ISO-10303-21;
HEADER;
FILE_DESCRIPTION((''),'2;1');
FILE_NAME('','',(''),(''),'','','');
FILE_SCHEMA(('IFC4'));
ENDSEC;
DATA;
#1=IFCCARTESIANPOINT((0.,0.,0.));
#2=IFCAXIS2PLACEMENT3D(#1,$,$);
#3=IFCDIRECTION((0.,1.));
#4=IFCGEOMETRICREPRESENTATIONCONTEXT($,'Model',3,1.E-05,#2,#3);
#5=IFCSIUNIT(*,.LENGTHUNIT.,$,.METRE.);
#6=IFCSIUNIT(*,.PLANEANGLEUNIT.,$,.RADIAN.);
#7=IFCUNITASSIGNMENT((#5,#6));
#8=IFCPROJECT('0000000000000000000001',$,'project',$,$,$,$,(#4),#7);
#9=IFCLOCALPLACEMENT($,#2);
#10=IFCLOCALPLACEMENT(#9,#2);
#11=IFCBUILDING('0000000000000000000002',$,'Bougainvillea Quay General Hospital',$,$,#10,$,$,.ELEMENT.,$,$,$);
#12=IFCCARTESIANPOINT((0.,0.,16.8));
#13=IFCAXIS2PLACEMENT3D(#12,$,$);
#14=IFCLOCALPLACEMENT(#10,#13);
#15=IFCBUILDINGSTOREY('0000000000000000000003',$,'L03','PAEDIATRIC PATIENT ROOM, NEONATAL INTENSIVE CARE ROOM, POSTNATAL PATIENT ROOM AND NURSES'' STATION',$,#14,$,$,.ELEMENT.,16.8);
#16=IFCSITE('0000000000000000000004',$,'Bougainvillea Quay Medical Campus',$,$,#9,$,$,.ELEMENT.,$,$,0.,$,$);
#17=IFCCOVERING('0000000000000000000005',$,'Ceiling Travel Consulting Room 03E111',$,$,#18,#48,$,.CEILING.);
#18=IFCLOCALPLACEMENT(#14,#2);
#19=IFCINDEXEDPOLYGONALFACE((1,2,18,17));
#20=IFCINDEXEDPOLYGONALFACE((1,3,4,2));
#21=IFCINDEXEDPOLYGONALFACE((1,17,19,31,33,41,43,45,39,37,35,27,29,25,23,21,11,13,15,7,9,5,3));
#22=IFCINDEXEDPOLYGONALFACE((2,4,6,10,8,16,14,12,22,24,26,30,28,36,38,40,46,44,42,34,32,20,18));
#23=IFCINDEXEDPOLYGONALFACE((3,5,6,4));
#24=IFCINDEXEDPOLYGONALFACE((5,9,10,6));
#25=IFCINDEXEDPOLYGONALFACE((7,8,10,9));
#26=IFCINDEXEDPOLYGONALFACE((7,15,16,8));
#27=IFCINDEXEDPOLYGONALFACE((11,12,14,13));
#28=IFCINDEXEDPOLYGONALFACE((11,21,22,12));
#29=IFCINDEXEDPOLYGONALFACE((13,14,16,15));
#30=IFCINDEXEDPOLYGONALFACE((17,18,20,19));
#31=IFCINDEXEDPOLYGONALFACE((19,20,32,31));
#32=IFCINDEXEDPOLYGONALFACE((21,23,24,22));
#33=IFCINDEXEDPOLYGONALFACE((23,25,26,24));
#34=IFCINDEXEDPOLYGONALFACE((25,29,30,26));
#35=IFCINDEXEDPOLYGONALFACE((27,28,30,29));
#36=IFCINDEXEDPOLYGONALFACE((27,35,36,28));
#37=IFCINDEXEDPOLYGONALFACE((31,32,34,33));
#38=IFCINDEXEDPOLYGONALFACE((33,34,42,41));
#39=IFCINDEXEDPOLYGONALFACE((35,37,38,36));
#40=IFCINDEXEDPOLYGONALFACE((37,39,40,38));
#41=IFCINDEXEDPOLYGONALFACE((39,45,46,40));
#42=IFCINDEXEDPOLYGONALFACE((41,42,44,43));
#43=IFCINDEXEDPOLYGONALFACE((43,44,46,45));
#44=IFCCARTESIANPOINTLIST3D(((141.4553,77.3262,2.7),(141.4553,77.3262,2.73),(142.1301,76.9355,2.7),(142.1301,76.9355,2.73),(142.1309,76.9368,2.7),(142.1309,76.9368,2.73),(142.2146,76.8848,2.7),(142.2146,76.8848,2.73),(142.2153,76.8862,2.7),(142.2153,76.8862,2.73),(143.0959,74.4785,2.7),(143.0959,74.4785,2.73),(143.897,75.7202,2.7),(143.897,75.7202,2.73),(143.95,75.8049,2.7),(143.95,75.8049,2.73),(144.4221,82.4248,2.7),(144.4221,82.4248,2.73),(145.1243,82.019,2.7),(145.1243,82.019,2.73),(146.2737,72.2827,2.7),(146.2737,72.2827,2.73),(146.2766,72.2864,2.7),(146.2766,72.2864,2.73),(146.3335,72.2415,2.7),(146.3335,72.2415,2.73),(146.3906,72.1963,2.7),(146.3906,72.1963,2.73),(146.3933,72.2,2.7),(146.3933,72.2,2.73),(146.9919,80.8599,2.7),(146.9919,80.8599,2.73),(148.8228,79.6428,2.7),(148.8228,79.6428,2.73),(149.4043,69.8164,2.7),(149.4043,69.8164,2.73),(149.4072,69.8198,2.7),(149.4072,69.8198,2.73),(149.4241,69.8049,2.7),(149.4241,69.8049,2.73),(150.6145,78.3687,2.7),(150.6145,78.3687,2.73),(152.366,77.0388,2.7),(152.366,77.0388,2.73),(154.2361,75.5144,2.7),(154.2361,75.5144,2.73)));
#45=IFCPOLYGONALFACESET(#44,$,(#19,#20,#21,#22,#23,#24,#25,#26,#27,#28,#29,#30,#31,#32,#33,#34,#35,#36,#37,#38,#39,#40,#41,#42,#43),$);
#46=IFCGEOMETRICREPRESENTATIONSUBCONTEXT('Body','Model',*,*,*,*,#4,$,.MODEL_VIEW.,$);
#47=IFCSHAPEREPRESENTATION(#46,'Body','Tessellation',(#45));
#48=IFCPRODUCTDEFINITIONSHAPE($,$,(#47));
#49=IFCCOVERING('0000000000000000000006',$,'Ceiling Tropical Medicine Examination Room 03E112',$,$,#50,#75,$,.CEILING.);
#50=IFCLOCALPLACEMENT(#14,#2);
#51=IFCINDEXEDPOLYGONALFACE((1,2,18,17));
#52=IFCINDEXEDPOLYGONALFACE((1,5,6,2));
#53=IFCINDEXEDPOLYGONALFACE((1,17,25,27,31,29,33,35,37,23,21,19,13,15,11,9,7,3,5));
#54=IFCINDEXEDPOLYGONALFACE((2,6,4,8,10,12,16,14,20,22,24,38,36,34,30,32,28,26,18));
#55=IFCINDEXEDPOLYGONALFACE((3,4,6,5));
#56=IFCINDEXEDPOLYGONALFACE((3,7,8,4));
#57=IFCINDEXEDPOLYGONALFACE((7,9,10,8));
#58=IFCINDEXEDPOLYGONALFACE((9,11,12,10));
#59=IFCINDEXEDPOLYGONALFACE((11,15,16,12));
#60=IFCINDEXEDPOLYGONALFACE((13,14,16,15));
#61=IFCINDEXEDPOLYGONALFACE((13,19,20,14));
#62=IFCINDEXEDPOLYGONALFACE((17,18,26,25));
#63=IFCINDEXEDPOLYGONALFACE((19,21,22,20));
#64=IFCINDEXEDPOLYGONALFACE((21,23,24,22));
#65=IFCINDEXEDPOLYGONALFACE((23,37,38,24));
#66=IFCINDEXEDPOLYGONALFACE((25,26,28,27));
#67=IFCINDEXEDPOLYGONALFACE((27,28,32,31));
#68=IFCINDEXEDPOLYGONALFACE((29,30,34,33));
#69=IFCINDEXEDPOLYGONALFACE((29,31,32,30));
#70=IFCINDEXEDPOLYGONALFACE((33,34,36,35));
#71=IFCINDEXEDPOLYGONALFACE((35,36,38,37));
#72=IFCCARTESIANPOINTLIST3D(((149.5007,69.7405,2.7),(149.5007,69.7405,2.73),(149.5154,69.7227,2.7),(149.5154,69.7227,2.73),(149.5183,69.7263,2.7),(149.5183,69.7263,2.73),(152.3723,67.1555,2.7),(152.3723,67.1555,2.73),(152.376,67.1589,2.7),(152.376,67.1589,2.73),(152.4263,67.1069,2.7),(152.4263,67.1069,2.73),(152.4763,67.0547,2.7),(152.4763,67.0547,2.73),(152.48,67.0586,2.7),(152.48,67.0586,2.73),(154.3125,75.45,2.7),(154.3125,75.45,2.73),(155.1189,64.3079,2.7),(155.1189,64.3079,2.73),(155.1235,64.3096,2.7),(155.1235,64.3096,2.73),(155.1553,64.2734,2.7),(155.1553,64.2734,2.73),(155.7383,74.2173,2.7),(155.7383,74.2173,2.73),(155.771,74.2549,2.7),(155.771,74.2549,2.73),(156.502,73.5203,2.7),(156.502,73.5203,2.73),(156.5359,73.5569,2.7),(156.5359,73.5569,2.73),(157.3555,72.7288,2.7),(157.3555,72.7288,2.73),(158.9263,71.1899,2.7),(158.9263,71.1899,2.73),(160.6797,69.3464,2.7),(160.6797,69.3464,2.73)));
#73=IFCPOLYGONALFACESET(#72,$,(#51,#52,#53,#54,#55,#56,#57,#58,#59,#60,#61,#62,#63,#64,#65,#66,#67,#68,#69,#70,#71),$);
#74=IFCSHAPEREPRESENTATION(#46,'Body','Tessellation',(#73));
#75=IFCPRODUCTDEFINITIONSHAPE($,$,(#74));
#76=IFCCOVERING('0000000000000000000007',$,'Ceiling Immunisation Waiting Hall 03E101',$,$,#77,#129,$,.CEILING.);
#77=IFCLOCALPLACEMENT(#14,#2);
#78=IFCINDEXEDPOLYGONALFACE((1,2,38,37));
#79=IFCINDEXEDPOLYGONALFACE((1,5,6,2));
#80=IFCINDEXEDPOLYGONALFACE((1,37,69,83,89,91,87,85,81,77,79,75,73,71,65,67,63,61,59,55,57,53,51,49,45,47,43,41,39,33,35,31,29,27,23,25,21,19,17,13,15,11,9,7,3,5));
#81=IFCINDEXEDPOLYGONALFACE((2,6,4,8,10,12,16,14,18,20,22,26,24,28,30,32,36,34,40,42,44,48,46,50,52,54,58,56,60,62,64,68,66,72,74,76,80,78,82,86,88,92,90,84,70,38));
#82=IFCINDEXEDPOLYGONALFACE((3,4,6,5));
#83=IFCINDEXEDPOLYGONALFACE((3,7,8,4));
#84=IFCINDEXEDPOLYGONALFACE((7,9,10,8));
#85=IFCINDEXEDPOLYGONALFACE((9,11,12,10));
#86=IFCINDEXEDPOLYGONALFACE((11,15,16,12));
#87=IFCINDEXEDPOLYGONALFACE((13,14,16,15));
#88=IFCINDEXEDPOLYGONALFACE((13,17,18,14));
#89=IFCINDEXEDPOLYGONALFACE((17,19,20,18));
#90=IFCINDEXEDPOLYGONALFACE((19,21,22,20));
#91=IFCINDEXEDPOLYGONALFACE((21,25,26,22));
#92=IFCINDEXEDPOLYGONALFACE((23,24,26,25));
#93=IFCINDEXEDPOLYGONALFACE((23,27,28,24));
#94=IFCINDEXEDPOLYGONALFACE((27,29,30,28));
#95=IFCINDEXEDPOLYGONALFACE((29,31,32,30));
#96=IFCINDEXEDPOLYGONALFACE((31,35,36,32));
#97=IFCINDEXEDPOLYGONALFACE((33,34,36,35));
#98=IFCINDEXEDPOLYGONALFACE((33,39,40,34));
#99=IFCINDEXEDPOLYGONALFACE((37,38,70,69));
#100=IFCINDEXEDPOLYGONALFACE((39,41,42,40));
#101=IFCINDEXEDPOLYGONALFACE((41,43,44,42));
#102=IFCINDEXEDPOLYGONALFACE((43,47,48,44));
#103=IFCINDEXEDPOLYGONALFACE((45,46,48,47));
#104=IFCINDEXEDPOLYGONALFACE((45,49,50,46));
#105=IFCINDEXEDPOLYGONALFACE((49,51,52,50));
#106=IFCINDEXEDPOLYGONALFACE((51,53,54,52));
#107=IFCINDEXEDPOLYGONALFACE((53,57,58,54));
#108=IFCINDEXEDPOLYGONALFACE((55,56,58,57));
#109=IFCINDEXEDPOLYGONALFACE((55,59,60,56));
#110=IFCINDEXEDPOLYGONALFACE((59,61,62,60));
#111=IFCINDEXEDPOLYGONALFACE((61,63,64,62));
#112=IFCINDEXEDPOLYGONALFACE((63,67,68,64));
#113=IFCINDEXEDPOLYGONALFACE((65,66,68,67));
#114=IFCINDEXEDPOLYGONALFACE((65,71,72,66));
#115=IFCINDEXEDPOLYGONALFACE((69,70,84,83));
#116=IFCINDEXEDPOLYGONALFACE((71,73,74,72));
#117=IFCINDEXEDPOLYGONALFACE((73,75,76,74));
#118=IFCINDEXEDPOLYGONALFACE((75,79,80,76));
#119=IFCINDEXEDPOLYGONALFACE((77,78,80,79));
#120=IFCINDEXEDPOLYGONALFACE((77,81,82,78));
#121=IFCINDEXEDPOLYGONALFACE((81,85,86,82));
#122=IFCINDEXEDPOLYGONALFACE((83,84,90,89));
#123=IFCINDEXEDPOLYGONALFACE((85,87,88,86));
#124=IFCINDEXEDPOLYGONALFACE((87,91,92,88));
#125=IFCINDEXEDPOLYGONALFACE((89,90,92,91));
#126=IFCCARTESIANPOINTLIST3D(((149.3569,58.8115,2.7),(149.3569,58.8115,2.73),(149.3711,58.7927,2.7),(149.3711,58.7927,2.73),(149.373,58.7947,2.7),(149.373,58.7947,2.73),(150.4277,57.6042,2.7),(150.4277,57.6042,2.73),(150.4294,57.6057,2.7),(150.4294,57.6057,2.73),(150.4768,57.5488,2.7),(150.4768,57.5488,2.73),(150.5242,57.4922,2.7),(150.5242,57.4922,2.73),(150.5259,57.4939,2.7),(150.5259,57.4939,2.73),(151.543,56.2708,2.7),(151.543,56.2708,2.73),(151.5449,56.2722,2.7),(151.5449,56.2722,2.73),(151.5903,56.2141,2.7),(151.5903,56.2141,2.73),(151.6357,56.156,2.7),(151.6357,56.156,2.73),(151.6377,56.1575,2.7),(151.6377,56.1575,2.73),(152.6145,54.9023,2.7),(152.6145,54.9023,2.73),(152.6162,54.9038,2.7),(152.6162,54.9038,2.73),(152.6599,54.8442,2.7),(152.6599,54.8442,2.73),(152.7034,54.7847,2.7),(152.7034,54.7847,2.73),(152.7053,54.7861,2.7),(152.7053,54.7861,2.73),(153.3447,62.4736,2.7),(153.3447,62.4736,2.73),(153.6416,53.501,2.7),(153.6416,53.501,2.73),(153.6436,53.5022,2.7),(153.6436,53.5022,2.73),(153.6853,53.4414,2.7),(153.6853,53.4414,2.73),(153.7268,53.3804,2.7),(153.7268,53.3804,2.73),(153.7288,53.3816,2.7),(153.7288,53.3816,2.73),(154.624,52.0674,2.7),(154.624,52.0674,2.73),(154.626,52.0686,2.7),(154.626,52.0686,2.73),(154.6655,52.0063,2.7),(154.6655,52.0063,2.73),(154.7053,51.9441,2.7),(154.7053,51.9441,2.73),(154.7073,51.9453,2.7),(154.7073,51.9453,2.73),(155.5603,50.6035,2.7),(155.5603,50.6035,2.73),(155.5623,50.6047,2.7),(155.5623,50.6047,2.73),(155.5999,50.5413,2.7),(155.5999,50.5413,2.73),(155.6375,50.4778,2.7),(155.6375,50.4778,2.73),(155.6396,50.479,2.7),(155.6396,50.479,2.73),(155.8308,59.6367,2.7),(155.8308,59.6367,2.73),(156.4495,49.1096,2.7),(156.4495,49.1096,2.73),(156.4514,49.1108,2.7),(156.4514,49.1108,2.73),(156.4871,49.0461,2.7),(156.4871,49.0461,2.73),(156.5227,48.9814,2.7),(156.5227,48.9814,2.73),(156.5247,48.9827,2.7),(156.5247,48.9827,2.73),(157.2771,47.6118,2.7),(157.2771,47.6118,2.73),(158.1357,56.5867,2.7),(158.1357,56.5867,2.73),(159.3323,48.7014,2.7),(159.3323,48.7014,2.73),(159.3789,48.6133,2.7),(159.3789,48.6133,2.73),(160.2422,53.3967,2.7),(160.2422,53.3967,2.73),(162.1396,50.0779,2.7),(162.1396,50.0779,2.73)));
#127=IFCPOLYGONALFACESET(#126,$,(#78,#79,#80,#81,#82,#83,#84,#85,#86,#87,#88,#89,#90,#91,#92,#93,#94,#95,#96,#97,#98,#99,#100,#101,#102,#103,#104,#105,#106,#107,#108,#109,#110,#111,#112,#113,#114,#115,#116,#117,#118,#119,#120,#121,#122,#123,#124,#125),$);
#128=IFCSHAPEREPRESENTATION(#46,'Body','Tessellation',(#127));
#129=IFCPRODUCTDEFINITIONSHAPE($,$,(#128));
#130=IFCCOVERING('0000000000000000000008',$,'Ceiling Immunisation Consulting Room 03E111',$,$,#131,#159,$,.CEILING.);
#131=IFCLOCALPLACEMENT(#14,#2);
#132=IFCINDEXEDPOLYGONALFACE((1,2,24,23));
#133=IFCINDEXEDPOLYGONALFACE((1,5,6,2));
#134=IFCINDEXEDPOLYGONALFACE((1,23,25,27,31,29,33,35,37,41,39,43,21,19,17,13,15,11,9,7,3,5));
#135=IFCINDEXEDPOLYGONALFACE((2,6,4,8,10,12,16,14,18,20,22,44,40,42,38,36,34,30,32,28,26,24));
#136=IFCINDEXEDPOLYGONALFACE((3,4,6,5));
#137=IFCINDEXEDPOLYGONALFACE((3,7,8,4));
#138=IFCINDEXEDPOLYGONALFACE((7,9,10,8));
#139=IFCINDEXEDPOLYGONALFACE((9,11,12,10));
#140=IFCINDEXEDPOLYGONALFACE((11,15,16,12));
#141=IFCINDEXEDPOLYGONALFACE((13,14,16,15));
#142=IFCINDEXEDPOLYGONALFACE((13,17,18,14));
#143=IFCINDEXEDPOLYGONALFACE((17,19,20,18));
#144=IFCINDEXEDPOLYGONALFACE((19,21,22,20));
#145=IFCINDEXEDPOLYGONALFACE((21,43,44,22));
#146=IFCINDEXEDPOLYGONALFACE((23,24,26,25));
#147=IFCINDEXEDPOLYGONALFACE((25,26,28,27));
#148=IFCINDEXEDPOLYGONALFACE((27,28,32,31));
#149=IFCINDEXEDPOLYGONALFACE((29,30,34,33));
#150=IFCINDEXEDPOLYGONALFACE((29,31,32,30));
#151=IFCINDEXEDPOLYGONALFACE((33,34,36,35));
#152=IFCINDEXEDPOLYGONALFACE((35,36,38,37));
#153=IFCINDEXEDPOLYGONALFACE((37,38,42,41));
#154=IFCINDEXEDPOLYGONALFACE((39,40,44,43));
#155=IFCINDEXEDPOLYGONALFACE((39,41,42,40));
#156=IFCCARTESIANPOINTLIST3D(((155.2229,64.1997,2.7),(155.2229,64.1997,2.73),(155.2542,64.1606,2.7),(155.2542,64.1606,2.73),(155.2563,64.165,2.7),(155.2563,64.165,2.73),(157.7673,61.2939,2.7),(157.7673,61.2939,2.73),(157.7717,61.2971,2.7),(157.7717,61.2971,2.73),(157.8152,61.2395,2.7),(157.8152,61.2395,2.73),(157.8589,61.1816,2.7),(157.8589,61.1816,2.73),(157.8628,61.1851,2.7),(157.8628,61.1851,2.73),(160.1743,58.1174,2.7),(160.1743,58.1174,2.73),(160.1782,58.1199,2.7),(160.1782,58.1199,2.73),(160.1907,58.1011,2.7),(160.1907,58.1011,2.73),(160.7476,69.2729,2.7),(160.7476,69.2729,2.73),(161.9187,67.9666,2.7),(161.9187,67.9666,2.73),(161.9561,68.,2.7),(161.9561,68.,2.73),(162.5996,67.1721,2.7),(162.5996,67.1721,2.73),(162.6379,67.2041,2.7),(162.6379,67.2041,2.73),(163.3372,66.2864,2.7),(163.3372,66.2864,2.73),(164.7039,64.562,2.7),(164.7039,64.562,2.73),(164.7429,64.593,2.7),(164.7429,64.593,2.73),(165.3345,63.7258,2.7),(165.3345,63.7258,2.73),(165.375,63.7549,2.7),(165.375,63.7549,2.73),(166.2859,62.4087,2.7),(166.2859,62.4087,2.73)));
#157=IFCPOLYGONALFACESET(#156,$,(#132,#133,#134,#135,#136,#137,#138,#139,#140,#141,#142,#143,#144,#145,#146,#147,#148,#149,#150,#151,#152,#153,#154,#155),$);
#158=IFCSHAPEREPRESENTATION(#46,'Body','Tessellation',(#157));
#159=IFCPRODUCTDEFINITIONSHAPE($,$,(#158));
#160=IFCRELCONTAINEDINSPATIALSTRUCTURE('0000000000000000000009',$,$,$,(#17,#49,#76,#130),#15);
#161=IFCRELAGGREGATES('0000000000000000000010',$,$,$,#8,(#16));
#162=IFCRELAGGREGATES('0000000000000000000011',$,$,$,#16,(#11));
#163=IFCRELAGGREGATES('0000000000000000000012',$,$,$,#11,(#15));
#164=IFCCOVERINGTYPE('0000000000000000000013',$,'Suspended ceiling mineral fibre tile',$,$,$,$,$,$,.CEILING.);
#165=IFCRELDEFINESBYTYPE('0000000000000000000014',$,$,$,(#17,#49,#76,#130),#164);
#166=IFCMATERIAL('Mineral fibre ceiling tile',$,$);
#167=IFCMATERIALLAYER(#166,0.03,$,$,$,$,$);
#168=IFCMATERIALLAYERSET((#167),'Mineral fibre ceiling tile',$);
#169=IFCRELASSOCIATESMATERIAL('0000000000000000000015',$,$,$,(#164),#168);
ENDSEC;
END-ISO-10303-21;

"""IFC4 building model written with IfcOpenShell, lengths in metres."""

from ifc_helpers import new_model, si_unit, direction, frame, origin, place, context, subcontext, project, spatial, polyline, outline, extrude, material, layer, layer_set, type_object, element, save


model = new_model("IFC4")

# Units and contexts
model_context = context("Model", 3, precision=1e-05, world=origin(), true_north=direction((0.0, 1.0)))
body_context = subcontext(model_context, "Body", "Model", "MODEL_VIEW")
ifc_project = project(units=[si_unit("LENGTHUNIT", "METRE"), si_unit("PLANEANGLEUNIT", "RADIAN")], contexts=[model_context])

# Site, building, storey
site_placement = place(None, origin())
site = spatial("IfcSite", under=ifc_project, at=site_placement, Name="Bougainvillea Quay Medical Campus", CompositionType="ELEMENT", RefElevation=0.0)
building_placement = place(site_placement, origin())
building = spatial("IfcBuilding", under=site, at=building_placement, Name="Bougainvillea Quay General Hospital", CompositionType="ELEMENT")
storey_placement = place(building_placement, frame((0.0, 0.0, 16.8)))
storey = spatial("IfcBuildingStorey", under=building, at=storey_placement, Name="L03", Description="PAEDIATRIC PATIENT ROOM, NEONATAL INTENSIVE CARE ROOM, POSTNATAL PATIENT ROOM AND NURSES' STATION", CompositionType="ELEMENT", Elevation=16.8)

# Coverings
ifc_material = material(Name="Mineral fibre ceiling tile")
ifc_layer = layer(ifc_material, 0.03)
ifc_layer_set = layer_set([ifc_layer], Name="Mineral fibre ceiling tile")
covering_type = type_object("IfcCoveringType", Name="Suspended ceiling mineral fibre tile", PredefinedType="CEILING", material=ifc_layer_set)
covering_1_placement = place(storey_placement, frame((0.0, 0.0, 2.7)))
element("IfcCovering", 1, at=covering_1_placement, inside=storey, type_object=covering_type, Name="Ceiling Travel Consulting Room 03E111", PredefinedType="CEILING", context=body_context, shape_type="SweptSolid", body=[
    extrude(outline(polyline([(142.1301, 76.9355), (142.1309, 76.9368), (142.2153, 76.8862), (142.2146, 76.8848), (143.95, 75.8049), (143.897, 75.7202), (143.0959, 74.4785), (146.2737, 72.2827), (146.2766, 72.2864), (146.3335, 72.2415), (146.3933, 72.2), (146.3906, 72.1963), (149.4043, 69.8164), (149.4072, 69.8198), (149.4241, 69.8049), (154.2361, 75.5144), (152.366, 77.0388), (150.6145, 78.3687), (148.8228, 79.6428), (146.9919, 80.8599), (145.1243, 82.019), (144.4221, 82.4248), (141.4553, 77.3262), (142.1301, 76.9355)])), origin(), (0.0, 0.0, 1.0), 0.03),
])
covering_2_placement = place(storey_placement, frame((0.0, 0.0, 2.7)))
element("IfcCovering", 2, at=covering_2_placement, inside=storey, type_object=covering_type, Name="Ceiling Tropical Medicine Examination Room 03E112", PredefinedType="CEILING", context=body_context, shape_type="SweptSolid", body=[
    extrude(outline(polyline([(155.771, 74.2549), (155.7383, 74.2173), (154.3125, 75.45), (149.5007, 69.7405), (149.5183, 69.7263), (149.5154, 69.7227), (152.3723, 67.1555), (152.376, 67.1589), (152.4263, 67.1069), (152.48, 67.0586), (152.4763, 67.0547), (155.1189, 64.3079), (155.1235, 64.3096), (155.1553, 64.2734), (160.6797, 69.3464), (158.9263, 71.1899), (157.3555, 72.7288), (156.502, 73.5203), (156.5359, 73.5569), (155.771, 74.2549)])), origin(), (0.0, 0.0, 1.0), 0.03),
])
covering_3_placement = place(storey_placement, frame((0.0, 0.0, 2.7)))
element("IfcCovering", 3, at=covering_3_placement, inside=storey, type_object=covering_type, Name="Ceiling Immunisation Waiting Hall 03E101", PredefinedType="CEILING", context=body_context, shape_type="SweptSolid", body=[
    extrude(outline(polyline([(162.1396, 50.0779), (160.2422, 53.3967), (158.1357, 56.5867), (155.8308, 59.6367), (153.3447, 62.4736), (149.3569, 58.8115), (149.373, 58.7947), (149.3711, 58.7927), (150.4277, 57.6042), (150.4294, 57.6057), (150.4768, 57.5488), (150.5259, 57.4939), (150.5242, 57.4922), (151.543, 56.2708), (151.5449, 56.2722), (151.5903, 56.2141), (151.6377, 56.1575), (151.6357, 56.156), (152.6145, 54.9023), (152.6162, 54.9038), (152.6599, 54.8442), (152.7053, 54.7861), (152.7034, 54.7847), (153.6416, 53.501), (153.6436, 53.5022), (153.6853, 53.4414), (153.7288, 53.3816), (153.7268, 53.3804), (154.624, 52.0674), (154.626, 52.0686), (154.6655, 52.0063), (154.7073, 51.9453), (154.7053, 51.9441), (155.5603, 50.6035), (155.5623, 50.6047), (155.5999, 50.5413), (155.6396, 50.479), (155.6375, 50.4778), (156.4495, 49.1096), (156.4514, 49.1108), (156.4871, 49.0461), (156.5247, 48.9827), (156.5227, 48.9814), (157.2771, 47.6118), (159.3323, 48.7014), (159.3789, 48.6133), (162.1396, 50.0779)])), origin(), (0.0, 0.0, 1.0), 0.03),
])
covering_4_placement = place(storey_placement, frame((0.0, 0.0, 2.7)))
element("IfcCovering", 4, at=covering_4_placement, inside=storey, type_object=covering_type, Name="Ceiling Immunisation Consulting Room 03E111", PredefinedType="CEILING", context=body_context, shape_type="SweptSolid", body=[
    extrude(outline(polyline([(164.7429, 64.593), (164.7039, 64.562), (163.3372, 66.2864), (162.5996, 67.1721), (162.6379, 67.2041), (161.9561, 68.0), (161.9187, 67.9666), (160.7476, 69.2729), (155.2229, 64.1997), (155.2563, 64.165), (155.2542, 64.1606), (157.7673, 61.2939), (157.7717, 61.2971), (157.8152, 61.2395), (157.8628, 61.1851), (157.8589, 61.1816), (160.1743, 58.1174), (160.1782, 58.1199), (160.1907, 58.1011), (166.2859, 62.4087), (165.3345, 63.7258), (165.375, 63.7549), (164.7429, 64.593)])), origin(), (0.0, 0.0, 1.0), 0.03),
])

save(model, "model.ifc")
